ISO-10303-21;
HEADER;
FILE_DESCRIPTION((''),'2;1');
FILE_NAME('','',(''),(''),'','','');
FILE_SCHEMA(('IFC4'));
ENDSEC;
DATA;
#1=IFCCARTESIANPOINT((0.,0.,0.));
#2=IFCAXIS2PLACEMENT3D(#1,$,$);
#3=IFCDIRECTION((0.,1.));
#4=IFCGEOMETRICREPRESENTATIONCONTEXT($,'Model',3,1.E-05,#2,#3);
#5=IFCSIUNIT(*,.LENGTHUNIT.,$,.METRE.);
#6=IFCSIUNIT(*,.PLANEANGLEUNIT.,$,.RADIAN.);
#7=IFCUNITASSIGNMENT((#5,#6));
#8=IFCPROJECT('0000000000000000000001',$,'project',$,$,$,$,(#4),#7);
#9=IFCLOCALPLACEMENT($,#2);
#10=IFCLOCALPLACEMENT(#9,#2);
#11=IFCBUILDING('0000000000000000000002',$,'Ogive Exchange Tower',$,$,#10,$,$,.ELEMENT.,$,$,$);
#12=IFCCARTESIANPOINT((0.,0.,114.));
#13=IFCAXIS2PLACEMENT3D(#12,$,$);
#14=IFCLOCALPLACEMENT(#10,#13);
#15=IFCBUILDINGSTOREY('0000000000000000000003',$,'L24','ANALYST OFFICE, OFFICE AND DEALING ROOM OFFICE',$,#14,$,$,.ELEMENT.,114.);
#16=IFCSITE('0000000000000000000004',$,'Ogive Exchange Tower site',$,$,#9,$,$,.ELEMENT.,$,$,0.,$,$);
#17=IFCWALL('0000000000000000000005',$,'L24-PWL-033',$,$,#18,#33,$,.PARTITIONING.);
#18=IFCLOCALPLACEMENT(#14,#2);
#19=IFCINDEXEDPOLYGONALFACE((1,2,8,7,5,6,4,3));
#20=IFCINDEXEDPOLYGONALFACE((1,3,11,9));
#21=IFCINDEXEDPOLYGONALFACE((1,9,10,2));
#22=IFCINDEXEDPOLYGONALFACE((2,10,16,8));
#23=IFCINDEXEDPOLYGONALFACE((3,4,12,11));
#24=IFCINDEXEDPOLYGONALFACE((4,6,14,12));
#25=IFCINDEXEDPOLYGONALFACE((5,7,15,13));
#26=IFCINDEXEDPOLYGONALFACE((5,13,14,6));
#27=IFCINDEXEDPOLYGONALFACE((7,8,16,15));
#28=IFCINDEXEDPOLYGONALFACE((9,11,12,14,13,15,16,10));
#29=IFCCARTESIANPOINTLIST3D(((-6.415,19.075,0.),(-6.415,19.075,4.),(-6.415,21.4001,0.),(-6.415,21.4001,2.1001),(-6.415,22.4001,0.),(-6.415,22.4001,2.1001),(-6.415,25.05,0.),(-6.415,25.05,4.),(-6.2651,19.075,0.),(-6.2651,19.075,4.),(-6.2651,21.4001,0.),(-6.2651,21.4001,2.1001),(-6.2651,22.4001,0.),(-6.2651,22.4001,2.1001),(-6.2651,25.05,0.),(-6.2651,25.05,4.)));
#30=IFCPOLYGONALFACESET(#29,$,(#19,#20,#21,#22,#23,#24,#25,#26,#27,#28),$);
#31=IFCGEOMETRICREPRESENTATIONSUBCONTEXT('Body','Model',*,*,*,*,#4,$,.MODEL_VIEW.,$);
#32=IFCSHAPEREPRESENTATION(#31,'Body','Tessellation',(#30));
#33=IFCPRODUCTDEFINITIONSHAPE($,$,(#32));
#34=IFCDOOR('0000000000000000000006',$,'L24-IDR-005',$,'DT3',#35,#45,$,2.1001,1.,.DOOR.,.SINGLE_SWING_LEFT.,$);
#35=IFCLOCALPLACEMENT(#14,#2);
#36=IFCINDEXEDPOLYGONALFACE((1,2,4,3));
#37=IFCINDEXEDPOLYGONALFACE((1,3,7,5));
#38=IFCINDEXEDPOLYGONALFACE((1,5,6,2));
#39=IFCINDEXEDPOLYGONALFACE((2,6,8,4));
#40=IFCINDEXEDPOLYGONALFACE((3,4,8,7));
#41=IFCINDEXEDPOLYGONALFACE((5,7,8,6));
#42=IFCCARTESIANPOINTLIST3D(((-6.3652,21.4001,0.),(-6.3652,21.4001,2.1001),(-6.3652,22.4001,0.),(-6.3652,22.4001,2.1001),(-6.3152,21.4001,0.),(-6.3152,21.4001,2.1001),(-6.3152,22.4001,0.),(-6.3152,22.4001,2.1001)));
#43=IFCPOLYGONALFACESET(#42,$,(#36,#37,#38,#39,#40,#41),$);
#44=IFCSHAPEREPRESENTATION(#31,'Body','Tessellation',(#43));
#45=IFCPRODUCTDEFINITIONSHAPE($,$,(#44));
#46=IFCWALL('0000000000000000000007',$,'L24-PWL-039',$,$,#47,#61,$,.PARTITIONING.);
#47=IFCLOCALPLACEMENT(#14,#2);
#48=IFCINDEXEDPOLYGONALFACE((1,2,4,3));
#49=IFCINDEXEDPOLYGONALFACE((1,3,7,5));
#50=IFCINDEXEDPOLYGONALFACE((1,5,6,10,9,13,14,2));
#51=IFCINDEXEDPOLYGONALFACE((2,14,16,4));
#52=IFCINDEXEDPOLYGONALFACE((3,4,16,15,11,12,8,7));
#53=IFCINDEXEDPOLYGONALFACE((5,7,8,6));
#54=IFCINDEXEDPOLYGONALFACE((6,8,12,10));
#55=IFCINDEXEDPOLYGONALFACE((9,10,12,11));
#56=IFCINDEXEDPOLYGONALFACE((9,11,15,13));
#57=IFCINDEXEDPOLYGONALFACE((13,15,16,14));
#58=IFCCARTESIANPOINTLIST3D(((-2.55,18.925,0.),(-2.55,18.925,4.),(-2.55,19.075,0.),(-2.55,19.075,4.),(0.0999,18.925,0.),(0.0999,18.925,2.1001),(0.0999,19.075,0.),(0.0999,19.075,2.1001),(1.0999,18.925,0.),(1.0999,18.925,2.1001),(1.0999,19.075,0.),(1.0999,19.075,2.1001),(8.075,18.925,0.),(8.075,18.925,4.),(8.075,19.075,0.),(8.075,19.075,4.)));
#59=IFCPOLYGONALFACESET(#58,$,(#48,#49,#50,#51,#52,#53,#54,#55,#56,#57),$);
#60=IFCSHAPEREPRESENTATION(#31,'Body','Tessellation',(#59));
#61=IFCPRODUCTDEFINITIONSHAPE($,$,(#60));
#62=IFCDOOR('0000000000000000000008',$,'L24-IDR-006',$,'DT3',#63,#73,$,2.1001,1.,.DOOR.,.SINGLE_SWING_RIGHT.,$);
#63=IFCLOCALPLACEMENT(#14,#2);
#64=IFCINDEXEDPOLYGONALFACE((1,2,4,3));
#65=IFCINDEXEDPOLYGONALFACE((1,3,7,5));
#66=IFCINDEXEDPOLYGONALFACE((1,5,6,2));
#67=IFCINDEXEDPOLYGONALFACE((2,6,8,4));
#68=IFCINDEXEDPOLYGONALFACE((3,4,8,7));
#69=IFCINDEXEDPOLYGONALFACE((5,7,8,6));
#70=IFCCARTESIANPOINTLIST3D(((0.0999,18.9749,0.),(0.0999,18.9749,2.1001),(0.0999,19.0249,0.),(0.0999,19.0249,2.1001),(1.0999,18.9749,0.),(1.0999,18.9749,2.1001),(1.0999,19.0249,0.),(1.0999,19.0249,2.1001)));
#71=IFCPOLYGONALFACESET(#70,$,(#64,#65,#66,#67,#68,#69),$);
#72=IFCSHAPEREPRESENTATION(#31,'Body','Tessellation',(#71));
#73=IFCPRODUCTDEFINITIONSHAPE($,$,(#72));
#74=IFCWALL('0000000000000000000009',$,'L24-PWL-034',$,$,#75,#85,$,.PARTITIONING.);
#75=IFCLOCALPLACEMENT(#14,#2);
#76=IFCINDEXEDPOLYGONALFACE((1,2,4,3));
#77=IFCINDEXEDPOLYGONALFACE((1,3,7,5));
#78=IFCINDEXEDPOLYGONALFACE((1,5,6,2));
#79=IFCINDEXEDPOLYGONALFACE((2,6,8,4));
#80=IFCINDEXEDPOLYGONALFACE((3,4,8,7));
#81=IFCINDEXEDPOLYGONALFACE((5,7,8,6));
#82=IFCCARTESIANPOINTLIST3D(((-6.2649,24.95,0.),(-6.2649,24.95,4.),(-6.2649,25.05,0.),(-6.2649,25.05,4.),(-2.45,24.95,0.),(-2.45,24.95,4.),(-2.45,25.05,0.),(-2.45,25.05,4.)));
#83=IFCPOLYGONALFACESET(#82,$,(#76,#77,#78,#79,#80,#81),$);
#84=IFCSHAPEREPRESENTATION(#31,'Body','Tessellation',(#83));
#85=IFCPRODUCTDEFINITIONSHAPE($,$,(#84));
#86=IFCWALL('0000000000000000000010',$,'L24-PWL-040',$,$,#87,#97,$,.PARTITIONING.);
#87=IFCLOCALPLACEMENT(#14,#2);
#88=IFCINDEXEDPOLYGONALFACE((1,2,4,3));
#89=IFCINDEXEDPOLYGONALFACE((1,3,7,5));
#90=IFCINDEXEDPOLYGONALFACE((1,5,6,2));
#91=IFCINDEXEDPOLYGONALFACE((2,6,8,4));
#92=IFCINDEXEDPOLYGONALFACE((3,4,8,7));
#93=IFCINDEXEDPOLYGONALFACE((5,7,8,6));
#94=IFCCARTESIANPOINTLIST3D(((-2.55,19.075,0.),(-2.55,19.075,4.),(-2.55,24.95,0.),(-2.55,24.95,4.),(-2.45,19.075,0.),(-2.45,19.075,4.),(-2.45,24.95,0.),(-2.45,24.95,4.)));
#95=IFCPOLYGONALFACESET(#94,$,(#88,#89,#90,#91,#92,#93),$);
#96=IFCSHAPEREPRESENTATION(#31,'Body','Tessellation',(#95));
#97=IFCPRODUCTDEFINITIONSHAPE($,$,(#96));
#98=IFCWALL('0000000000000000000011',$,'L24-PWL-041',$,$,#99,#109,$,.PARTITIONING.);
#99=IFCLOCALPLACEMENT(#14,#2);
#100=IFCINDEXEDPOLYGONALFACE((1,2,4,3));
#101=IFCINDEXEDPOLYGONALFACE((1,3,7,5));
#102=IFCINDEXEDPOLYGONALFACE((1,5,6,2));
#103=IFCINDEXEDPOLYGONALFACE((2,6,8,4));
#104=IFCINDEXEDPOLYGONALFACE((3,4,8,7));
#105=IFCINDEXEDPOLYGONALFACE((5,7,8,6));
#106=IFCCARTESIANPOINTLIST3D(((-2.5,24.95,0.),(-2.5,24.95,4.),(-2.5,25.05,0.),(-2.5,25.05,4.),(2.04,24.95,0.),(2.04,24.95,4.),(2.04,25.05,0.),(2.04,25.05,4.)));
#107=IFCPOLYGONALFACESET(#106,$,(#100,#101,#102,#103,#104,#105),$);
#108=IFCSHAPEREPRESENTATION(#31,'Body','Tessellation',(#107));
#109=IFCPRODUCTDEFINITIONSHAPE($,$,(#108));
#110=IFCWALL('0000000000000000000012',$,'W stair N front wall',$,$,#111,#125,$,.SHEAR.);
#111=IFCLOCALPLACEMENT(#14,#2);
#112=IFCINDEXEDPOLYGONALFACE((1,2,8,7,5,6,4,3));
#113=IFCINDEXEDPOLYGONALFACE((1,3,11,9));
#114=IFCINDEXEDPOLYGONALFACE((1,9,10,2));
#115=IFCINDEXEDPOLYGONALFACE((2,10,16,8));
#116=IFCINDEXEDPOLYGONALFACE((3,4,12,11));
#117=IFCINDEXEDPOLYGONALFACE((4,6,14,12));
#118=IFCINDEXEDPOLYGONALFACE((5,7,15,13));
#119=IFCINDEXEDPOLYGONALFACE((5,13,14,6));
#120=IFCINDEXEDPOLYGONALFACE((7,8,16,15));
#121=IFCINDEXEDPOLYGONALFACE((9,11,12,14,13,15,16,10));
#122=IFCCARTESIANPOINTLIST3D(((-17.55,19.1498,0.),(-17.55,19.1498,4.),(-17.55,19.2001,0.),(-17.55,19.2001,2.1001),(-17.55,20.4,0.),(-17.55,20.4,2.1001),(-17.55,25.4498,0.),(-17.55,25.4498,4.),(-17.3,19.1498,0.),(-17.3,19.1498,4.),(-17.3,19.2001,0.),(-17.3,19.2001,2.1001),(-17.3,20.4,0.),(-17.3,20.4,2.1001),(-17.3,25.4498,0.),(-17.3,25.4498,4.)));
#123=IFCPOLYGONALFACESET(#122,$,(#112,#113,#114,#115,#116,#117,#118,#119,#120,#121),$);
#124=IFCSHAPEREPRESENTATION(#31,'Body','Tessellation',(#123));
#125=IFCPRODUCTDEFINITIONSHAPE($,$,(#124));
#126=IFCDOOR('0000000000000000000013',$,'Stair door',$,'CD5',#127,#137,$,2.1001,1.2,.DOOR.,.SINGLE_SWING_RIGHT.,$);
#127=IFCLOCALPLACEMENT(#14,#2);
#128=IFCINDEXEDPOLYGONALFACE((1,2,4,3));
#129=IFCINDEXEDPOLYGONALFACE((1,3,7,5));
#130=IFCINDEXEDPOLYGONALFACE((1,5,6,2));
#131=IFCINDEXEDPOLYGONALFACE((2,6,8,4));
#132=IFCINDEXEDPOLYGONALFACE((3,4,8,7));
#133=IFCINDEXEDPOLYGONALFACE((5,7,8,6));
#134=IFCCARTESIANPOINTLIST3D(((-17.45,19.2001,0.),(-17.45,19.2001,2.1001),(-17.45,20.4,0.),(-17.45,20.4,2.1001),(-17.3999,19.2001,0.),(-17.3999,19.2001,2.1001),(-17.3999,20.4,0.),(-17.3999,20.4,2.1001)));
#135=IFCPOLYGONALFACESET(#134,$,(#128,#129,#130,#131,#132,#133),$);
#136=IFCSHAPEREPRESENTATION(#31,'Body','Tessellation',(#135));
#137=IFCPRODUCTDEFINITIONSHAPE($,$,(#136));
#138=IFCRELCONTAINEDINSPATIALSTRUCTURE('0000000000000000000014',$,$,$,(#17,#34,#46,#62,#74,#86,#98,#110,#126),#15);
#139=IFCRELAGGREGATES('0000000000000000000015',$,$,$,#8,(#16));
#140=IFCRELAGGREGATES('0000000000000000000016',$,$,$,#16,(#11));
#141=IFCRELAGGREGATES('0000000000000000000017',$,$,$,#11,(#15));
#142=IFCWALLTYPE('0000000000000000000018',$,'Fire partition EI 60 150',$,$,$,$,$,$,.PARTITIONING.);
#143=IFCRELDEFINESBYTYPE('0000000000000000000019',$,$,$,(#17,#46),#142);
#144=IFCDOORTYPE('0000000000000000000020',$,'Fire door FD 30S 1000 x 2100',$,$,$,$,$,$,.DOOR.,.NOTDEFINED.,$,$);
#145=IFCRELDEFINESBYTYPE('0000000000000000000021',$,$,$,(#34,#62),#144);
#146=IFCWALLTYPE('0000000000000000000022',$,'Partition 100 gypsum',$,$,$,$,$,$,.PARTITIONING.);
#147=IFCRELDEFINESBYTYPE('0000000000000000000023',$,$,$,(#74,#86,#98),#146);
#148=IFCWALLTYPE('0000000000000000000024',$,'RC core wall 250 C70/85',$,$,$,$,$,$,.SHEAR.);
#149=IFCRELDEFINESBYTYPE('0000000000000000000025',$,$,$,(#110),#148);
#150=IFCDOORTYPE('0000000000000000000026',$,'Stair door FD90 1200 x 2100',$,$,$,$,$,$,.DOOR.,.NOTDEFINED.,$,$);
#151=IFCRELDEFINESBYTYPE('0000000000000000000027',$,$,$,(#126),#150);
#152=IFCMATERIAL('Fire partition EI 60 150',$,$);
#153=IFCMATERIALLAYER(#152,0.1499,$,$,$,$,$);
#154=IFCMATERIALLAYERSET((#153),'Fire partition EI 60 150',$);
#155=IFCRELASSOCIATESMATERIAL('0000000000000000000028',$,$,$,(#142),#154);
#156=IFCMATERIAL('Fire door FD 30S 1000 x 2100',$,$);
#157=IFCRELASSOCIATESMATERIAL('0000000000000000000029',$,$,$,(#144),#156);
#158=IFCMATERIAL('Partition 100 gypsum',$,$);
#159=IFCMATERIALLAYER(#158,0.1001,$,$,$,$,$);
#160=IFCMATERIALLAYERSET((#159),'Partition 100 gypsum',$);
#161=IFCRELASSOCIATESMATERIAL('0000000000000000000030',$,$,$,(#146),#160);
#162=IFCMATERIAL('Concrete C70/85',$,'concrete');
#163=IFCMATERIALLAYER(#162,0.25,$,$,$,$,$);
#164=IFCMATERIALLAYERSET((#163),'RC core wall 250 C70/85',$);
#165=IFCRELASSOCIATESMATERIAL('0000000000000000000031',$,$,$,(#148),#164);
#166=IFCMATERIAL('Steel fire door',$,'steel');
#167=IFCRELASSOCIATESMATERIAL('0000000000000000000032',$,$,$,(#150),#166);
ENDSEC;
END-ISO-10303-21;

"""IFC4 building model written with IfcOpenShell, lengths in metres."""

from ifc_helpers import new_model, si_unit, direction, frame, frame_2d, origin, place, context, subcontext, project, spatial, rectangle, extrude, material, layer, layer_set, type_object, element, fill, save


model = new_model("IFC4")

# Units and contexts
model_context = context("Model", 3, precision=1e-05, world=origin(), true_north=direction((0.0, 1.0)))
body_context = subcontext(model_context, "Body", "Model", "MODEL_VIEW")
ifc_project = project(units=[si_unit("LENGTHUNIT", "METRE"), si_unit("PLANEANGLEUNIT", "RADIAN")], contexts=[model_context])

# Site, building, storey
site_placement = place(None, origin())
site = spatial("IfcSite", under=ifc_project, at=site_placement, Name="Ogive Exchange Tower site", CompositionType="ELEMENT", RefElevation=0.0)
building_placement = place(site_placement, origin())
building = spatial("IfcBuilding", under=site, at=building_placement, Name="Ogive Exchange Tower", CompositionType="ELEMENT")
storey_placement = place(building_placement, frame((0.0, 0.0, 114.0)))
storey = spatial("IfcBuildingStorey", under=building, at=storey_placement, Name="L24", Description="ANALYST OFFICE, OFFICE AND DEALING ROOM OFFICE", CompositionType="ELEMENT", Elevation=114.0)

# Shared definitions
ifc_material_1 = material(Name="Fire partition EI 60 150")
ifc_layer_1 = layer(ifc_material_1, 0.1499)
ifc_layer_set_1 = layer_set([ifc_layer_1], Name="Fire partition EI 60 150")
wall_type_1 = type_object("IfcWallType", Name="Fire partition EI 60 150", PredefinedType="PARTITIONING", material=ifc_layer_set_1)

# Walls, openings, doors
wall_1_placement = place(storey_placement, frame((-6.3401, 25.05, 0.0), z_axis=(0.0, 0.0, 1.0), x_axis=(0.0, -1.0, 0.0)))
wall_1 = element("IfcWall", 1, at=wall_1_placement, inside=storey, type_object=wall_type_1, Name="L24-PWL-033", PredefinedType="PARTITIONING", context=body_context, shape_type="SweptSolid", body=[
    extrude(rectangle(XDim=5.9751, YDim=0.1499, at=frame_2d((2.9875, 0.0))), origin(), (0.0, 0.0, 1.0), 4.0),
])
opening_1_placement = place(wall_1_placement, frame((2.6499, 0.0, 0.0)))
opening_1 = element("IfcOpeningElement", 2, at=opening_1_placement, cuts=wall_1, PredefinedType="OPENING", context=body_context, shape_type="SweptSolid", body=[
    extrude(rectangle(XDim=1.0, YDim=2.1001, at=frame_2d((0.5, 1.05))), frame((0.0, 0.085, 0.0), z_axis=(0.0, -1.0, 0.0), x_axis=(1.0, 0.0, 0.0)), (0.0, 0.0, 1.0), 0.1699),
])
ifc_material_2 = material(Name="Fire door FD 30S 1000 x 2100")
door_type_1 = type_object("IfcDoorType", Name="Fire door FD 30S 1000 x 2100", OperationType="NOTDEFINED", PredefinedType="DOOR", material=ifc_material_2)
door_1_placement = place(opening_1_placement, origin())
door_1 = element("IfcDoor", 3, at=door_1_placement, inside=storey, type_object=door_type_1, Name="L24-IDR-005", ObjectType="DT3", OperationType="SINGLE_SWING_LEFT", OverallHeight=2.1001, OverallWidth=1.0, PredefinedType="DOOR", context=body_context, shape_type="SweptSolid", body=[
    extrude(rectangle(XDim=1.0, YDim=2.1001, at=frame_2d((0.5, 1.05))), frame((0.0, 0.0249, 0.0), z_axis=(0.0, -1.0, 0.0), x_axis=(1.0, 0.0, 0.0)), (0.0, 0.0, 1.0), 0.05),
])
fill(opening_1, door_1)
wall_2_placement = place(storey_placement, frame((-2.55, 19.0, 0.0), z_axis=(0.0, 0.0, 1.0), x_axis=(1.0, 0.0, 0.0)))
wall_2 = element("IfcWall", 4, at=wall_2_placement, inside=storey, type_object=wall_type_1, Name="L24-PWL-039", PredefinedType="PARTITIONING", context=body_context, shape_type="SweptSolid", body=[
    extrude(rectangle(XDim=10.625, YDim=0.1499, at=frame_2d((5.3125, 0.0))), origin(), (0.0, 0.0, 1.0), 4.0),
])
opening_2_placement = place(wall_2_placement, frame((2.6499, 0.0, 0.0)))
opening_2 = element("IfcOpeningElement", 5, at=opening_2_placement, cuts=wall_2, PredefinedType="OPENING", context=body_context, shape_type="SweptSolid", body=[
    extrude(rectangle(XDim=1.0, YDim=2.1001, at=frame_2d((0.5, 1.05))), frame((0.0, 0.085, 0.0), z_axis=(0.0, -1.0, 0.0), x_axis=(1.0, 0.0, 0.0)), (0.0, 0.0, 1.0), 0.1699),
])
door_2_placement = place(opening_2_placement, origin())
door_2 = element("IfcDoor", 6, at=door_2_placement, inside=storey, type_object=door_type_1, Name="L24-IDR-006", ObjectType="DT3", OperationType="SINGLE_SWING_RIGHT", OverallHeight=2.1001, OverallWidth=1.0, PredefinedType="DOOR", context=body_context, shape_type="SweptSolid", body=[
    extrude(rectangle(XDim=1.0, YDim=2.1001, at=frame_2d((0.5, 1.05))), frame((0.0, 0.0249, 0.0), z_axis=(0.0, -1.0, 0.0), x_axis=(1.0, 0.0, 0.0)), (0.0, 0.0, 1.0), 0.05),
])
fill(opening_2, door_2)

# Walls
ifc_material_3 = material(Name="Partition 100 gypsum")
ifc_layer_2 = layer(ifc_material_3, 0.1001)
ifc_layer_set_2 = layer_set([ifc_layer_2], Name="Partition 100 gypsum")
wall_type_2 = type_object("IfcWallType", Name="Partition 100 gypsum", PredefinedType="PARTITIONING", material=ifc_layer_set_2)
wall_3_placement = place(storey_placement, frame((-6.2649, 25.0, 0.0), z_axis=(0.0, 0.0, 1.0), x_axis=(1.0, 0.0, 0.0)))
element("IfcWall", 7, at=wall_3_placement, inside=storey, type_object=wall_type_2, Name="L24-PWL-034", PredefinedType="PARTITIONING", context=body_context, shape_type="SweptSolid", body=[
    extrude(rectangle(XDim=3.8149, YDim=0.1001, at=frame_2d((1.9075, 0.0))), origin(), (0.0, 0.0, 1.0), 4.0),
])
wall_4_placement = place(storey_placement, frame((-2.5, 24.95, 0.0), z_axis=(0.0, 0.0, 1.0), x_axis=(0.0, -1.0, 0.0)))
element("IfcWall", 8, at=wall_4_placement, inside=storey, type_object=wall_type_2, Name="L24-PWL-040", PredefinedType="PARTITIONING", context=body_context, shape_type="SweptSolid", body=[
    extrude(rectangle(XDim=5.875, YDim=0.1001, at=frame_2d((2.9375, 0.0))), origin(), (0.0, 0.0, 1.0), 4.0),
])
wall_5_placement = place(storey_placement, frame((-2.5, 25.0, 0.0), z_axis=(0.0, 0.0, 1.0), x_axis=(1.0, 0.0, 0.0)))
element("IfcWall", 9, at=wall_5_placement, inside=storey, type_object=wall_type_2, Name="L24-PWL-041", PredefinedType="PARTITIONING", context=body_context, shape_type="SweptSolid", body=[
    extrude(rectangle(XDim=4.54, YDim=0.1001, at=frame_2d((2.27, 0.0))), origin(), (0.0, 0.0, 1.0), 4.0),
])

# Wall, opening, door
ifc_material_4 = material(Name="Concrete C70/85", Category="concrete")
ifc_layer_3 = layer(ifc_material_4, 0.25)
ifc_layer_set_3 = layer_set([ifc_layer_3], Name="RC core wall 250 C70/85")
wall_type_3 = type_object("IfcWallType", Name="RC core wall 250 C70/85", PredefinedType="SHEAR", material=ifc_layer_set_3)
wall_6_placement = place(storey_placement, frame((-17.425, 19.1499, 0.0), z_axis=(0.0, 0.0, 1.0), x_axis=(0.0, 1.0, 0.0)))
wall_6 = element("IfcWall", 10, at=wall_6_placement, inside=storey, type_object=wall_type_3, Name="W stair N front wall", PredefinedType="SHEAR", context=body_context, shape_type="SweptSolid", body=[
    extrude(rectangle(XDim=6.3, YDim=0.25, at=frame_2d((3.1499, 0.0))), origin(), (0.0, 0.0, 1.0), 4.0),
])
opening_3_placement = place(wall_6_placement, frame((0.05, 0.0, 0.0)))
opening_3 = element("IfcOpeningElement", 11, at=opening_3_placement, cuts=wall_6, PredefinedType="OPENING", context=body_context, shape_type="SweptSolid", body=[
    extrude(rectangle(XDim=1.2, YDim=2.1001, at=frame_2d((0.6001, 1.05))), frame((0.0, 0.135, 0.0), z_axis=(0.0, -1.0, 0.0), x_axis=(1.0, 0.0, 0.0)), (0.0, 0.0, 1.0), 0.27),
])
ifc_material_5 = material(Name="Steel fire door", Category="steel")
door_type_2 = type_object("IfcDoorType", Name="Stair door FD90 1200 x 2100", OperationType="NOTDEFINED", PredefinedType="DOOR", material=ifc_material_5)
door_3_placement = place(opening_3_placement, origin())
door_3 = element("IfcDoor", 12, at=door_3_placement, inside=storey, type_object=door_type_2, Name="Stair door", ObjectType="CD5", OperationType="SINGLE_SWING_RIGHT", OverallHeight=2.1001, OverallWidth=1.2, PredefinedType="DOOR", context=body_context, shape_type="SweptSolid", body=[
    extrude(rectangle(XDim=1.2, YDim=2.1001, at=frame_2d((0.6001, 1.05))), frame((0.0, 0.0249, 0.0), z_axis=(0.0, -1.0, 0.0), x_axis=(1.0, 0.0, 0.0)), (0.0, 0.0, 1.0), 0.05),
])
fill(opening_3, door_3)

save(model, "model.ifc")
